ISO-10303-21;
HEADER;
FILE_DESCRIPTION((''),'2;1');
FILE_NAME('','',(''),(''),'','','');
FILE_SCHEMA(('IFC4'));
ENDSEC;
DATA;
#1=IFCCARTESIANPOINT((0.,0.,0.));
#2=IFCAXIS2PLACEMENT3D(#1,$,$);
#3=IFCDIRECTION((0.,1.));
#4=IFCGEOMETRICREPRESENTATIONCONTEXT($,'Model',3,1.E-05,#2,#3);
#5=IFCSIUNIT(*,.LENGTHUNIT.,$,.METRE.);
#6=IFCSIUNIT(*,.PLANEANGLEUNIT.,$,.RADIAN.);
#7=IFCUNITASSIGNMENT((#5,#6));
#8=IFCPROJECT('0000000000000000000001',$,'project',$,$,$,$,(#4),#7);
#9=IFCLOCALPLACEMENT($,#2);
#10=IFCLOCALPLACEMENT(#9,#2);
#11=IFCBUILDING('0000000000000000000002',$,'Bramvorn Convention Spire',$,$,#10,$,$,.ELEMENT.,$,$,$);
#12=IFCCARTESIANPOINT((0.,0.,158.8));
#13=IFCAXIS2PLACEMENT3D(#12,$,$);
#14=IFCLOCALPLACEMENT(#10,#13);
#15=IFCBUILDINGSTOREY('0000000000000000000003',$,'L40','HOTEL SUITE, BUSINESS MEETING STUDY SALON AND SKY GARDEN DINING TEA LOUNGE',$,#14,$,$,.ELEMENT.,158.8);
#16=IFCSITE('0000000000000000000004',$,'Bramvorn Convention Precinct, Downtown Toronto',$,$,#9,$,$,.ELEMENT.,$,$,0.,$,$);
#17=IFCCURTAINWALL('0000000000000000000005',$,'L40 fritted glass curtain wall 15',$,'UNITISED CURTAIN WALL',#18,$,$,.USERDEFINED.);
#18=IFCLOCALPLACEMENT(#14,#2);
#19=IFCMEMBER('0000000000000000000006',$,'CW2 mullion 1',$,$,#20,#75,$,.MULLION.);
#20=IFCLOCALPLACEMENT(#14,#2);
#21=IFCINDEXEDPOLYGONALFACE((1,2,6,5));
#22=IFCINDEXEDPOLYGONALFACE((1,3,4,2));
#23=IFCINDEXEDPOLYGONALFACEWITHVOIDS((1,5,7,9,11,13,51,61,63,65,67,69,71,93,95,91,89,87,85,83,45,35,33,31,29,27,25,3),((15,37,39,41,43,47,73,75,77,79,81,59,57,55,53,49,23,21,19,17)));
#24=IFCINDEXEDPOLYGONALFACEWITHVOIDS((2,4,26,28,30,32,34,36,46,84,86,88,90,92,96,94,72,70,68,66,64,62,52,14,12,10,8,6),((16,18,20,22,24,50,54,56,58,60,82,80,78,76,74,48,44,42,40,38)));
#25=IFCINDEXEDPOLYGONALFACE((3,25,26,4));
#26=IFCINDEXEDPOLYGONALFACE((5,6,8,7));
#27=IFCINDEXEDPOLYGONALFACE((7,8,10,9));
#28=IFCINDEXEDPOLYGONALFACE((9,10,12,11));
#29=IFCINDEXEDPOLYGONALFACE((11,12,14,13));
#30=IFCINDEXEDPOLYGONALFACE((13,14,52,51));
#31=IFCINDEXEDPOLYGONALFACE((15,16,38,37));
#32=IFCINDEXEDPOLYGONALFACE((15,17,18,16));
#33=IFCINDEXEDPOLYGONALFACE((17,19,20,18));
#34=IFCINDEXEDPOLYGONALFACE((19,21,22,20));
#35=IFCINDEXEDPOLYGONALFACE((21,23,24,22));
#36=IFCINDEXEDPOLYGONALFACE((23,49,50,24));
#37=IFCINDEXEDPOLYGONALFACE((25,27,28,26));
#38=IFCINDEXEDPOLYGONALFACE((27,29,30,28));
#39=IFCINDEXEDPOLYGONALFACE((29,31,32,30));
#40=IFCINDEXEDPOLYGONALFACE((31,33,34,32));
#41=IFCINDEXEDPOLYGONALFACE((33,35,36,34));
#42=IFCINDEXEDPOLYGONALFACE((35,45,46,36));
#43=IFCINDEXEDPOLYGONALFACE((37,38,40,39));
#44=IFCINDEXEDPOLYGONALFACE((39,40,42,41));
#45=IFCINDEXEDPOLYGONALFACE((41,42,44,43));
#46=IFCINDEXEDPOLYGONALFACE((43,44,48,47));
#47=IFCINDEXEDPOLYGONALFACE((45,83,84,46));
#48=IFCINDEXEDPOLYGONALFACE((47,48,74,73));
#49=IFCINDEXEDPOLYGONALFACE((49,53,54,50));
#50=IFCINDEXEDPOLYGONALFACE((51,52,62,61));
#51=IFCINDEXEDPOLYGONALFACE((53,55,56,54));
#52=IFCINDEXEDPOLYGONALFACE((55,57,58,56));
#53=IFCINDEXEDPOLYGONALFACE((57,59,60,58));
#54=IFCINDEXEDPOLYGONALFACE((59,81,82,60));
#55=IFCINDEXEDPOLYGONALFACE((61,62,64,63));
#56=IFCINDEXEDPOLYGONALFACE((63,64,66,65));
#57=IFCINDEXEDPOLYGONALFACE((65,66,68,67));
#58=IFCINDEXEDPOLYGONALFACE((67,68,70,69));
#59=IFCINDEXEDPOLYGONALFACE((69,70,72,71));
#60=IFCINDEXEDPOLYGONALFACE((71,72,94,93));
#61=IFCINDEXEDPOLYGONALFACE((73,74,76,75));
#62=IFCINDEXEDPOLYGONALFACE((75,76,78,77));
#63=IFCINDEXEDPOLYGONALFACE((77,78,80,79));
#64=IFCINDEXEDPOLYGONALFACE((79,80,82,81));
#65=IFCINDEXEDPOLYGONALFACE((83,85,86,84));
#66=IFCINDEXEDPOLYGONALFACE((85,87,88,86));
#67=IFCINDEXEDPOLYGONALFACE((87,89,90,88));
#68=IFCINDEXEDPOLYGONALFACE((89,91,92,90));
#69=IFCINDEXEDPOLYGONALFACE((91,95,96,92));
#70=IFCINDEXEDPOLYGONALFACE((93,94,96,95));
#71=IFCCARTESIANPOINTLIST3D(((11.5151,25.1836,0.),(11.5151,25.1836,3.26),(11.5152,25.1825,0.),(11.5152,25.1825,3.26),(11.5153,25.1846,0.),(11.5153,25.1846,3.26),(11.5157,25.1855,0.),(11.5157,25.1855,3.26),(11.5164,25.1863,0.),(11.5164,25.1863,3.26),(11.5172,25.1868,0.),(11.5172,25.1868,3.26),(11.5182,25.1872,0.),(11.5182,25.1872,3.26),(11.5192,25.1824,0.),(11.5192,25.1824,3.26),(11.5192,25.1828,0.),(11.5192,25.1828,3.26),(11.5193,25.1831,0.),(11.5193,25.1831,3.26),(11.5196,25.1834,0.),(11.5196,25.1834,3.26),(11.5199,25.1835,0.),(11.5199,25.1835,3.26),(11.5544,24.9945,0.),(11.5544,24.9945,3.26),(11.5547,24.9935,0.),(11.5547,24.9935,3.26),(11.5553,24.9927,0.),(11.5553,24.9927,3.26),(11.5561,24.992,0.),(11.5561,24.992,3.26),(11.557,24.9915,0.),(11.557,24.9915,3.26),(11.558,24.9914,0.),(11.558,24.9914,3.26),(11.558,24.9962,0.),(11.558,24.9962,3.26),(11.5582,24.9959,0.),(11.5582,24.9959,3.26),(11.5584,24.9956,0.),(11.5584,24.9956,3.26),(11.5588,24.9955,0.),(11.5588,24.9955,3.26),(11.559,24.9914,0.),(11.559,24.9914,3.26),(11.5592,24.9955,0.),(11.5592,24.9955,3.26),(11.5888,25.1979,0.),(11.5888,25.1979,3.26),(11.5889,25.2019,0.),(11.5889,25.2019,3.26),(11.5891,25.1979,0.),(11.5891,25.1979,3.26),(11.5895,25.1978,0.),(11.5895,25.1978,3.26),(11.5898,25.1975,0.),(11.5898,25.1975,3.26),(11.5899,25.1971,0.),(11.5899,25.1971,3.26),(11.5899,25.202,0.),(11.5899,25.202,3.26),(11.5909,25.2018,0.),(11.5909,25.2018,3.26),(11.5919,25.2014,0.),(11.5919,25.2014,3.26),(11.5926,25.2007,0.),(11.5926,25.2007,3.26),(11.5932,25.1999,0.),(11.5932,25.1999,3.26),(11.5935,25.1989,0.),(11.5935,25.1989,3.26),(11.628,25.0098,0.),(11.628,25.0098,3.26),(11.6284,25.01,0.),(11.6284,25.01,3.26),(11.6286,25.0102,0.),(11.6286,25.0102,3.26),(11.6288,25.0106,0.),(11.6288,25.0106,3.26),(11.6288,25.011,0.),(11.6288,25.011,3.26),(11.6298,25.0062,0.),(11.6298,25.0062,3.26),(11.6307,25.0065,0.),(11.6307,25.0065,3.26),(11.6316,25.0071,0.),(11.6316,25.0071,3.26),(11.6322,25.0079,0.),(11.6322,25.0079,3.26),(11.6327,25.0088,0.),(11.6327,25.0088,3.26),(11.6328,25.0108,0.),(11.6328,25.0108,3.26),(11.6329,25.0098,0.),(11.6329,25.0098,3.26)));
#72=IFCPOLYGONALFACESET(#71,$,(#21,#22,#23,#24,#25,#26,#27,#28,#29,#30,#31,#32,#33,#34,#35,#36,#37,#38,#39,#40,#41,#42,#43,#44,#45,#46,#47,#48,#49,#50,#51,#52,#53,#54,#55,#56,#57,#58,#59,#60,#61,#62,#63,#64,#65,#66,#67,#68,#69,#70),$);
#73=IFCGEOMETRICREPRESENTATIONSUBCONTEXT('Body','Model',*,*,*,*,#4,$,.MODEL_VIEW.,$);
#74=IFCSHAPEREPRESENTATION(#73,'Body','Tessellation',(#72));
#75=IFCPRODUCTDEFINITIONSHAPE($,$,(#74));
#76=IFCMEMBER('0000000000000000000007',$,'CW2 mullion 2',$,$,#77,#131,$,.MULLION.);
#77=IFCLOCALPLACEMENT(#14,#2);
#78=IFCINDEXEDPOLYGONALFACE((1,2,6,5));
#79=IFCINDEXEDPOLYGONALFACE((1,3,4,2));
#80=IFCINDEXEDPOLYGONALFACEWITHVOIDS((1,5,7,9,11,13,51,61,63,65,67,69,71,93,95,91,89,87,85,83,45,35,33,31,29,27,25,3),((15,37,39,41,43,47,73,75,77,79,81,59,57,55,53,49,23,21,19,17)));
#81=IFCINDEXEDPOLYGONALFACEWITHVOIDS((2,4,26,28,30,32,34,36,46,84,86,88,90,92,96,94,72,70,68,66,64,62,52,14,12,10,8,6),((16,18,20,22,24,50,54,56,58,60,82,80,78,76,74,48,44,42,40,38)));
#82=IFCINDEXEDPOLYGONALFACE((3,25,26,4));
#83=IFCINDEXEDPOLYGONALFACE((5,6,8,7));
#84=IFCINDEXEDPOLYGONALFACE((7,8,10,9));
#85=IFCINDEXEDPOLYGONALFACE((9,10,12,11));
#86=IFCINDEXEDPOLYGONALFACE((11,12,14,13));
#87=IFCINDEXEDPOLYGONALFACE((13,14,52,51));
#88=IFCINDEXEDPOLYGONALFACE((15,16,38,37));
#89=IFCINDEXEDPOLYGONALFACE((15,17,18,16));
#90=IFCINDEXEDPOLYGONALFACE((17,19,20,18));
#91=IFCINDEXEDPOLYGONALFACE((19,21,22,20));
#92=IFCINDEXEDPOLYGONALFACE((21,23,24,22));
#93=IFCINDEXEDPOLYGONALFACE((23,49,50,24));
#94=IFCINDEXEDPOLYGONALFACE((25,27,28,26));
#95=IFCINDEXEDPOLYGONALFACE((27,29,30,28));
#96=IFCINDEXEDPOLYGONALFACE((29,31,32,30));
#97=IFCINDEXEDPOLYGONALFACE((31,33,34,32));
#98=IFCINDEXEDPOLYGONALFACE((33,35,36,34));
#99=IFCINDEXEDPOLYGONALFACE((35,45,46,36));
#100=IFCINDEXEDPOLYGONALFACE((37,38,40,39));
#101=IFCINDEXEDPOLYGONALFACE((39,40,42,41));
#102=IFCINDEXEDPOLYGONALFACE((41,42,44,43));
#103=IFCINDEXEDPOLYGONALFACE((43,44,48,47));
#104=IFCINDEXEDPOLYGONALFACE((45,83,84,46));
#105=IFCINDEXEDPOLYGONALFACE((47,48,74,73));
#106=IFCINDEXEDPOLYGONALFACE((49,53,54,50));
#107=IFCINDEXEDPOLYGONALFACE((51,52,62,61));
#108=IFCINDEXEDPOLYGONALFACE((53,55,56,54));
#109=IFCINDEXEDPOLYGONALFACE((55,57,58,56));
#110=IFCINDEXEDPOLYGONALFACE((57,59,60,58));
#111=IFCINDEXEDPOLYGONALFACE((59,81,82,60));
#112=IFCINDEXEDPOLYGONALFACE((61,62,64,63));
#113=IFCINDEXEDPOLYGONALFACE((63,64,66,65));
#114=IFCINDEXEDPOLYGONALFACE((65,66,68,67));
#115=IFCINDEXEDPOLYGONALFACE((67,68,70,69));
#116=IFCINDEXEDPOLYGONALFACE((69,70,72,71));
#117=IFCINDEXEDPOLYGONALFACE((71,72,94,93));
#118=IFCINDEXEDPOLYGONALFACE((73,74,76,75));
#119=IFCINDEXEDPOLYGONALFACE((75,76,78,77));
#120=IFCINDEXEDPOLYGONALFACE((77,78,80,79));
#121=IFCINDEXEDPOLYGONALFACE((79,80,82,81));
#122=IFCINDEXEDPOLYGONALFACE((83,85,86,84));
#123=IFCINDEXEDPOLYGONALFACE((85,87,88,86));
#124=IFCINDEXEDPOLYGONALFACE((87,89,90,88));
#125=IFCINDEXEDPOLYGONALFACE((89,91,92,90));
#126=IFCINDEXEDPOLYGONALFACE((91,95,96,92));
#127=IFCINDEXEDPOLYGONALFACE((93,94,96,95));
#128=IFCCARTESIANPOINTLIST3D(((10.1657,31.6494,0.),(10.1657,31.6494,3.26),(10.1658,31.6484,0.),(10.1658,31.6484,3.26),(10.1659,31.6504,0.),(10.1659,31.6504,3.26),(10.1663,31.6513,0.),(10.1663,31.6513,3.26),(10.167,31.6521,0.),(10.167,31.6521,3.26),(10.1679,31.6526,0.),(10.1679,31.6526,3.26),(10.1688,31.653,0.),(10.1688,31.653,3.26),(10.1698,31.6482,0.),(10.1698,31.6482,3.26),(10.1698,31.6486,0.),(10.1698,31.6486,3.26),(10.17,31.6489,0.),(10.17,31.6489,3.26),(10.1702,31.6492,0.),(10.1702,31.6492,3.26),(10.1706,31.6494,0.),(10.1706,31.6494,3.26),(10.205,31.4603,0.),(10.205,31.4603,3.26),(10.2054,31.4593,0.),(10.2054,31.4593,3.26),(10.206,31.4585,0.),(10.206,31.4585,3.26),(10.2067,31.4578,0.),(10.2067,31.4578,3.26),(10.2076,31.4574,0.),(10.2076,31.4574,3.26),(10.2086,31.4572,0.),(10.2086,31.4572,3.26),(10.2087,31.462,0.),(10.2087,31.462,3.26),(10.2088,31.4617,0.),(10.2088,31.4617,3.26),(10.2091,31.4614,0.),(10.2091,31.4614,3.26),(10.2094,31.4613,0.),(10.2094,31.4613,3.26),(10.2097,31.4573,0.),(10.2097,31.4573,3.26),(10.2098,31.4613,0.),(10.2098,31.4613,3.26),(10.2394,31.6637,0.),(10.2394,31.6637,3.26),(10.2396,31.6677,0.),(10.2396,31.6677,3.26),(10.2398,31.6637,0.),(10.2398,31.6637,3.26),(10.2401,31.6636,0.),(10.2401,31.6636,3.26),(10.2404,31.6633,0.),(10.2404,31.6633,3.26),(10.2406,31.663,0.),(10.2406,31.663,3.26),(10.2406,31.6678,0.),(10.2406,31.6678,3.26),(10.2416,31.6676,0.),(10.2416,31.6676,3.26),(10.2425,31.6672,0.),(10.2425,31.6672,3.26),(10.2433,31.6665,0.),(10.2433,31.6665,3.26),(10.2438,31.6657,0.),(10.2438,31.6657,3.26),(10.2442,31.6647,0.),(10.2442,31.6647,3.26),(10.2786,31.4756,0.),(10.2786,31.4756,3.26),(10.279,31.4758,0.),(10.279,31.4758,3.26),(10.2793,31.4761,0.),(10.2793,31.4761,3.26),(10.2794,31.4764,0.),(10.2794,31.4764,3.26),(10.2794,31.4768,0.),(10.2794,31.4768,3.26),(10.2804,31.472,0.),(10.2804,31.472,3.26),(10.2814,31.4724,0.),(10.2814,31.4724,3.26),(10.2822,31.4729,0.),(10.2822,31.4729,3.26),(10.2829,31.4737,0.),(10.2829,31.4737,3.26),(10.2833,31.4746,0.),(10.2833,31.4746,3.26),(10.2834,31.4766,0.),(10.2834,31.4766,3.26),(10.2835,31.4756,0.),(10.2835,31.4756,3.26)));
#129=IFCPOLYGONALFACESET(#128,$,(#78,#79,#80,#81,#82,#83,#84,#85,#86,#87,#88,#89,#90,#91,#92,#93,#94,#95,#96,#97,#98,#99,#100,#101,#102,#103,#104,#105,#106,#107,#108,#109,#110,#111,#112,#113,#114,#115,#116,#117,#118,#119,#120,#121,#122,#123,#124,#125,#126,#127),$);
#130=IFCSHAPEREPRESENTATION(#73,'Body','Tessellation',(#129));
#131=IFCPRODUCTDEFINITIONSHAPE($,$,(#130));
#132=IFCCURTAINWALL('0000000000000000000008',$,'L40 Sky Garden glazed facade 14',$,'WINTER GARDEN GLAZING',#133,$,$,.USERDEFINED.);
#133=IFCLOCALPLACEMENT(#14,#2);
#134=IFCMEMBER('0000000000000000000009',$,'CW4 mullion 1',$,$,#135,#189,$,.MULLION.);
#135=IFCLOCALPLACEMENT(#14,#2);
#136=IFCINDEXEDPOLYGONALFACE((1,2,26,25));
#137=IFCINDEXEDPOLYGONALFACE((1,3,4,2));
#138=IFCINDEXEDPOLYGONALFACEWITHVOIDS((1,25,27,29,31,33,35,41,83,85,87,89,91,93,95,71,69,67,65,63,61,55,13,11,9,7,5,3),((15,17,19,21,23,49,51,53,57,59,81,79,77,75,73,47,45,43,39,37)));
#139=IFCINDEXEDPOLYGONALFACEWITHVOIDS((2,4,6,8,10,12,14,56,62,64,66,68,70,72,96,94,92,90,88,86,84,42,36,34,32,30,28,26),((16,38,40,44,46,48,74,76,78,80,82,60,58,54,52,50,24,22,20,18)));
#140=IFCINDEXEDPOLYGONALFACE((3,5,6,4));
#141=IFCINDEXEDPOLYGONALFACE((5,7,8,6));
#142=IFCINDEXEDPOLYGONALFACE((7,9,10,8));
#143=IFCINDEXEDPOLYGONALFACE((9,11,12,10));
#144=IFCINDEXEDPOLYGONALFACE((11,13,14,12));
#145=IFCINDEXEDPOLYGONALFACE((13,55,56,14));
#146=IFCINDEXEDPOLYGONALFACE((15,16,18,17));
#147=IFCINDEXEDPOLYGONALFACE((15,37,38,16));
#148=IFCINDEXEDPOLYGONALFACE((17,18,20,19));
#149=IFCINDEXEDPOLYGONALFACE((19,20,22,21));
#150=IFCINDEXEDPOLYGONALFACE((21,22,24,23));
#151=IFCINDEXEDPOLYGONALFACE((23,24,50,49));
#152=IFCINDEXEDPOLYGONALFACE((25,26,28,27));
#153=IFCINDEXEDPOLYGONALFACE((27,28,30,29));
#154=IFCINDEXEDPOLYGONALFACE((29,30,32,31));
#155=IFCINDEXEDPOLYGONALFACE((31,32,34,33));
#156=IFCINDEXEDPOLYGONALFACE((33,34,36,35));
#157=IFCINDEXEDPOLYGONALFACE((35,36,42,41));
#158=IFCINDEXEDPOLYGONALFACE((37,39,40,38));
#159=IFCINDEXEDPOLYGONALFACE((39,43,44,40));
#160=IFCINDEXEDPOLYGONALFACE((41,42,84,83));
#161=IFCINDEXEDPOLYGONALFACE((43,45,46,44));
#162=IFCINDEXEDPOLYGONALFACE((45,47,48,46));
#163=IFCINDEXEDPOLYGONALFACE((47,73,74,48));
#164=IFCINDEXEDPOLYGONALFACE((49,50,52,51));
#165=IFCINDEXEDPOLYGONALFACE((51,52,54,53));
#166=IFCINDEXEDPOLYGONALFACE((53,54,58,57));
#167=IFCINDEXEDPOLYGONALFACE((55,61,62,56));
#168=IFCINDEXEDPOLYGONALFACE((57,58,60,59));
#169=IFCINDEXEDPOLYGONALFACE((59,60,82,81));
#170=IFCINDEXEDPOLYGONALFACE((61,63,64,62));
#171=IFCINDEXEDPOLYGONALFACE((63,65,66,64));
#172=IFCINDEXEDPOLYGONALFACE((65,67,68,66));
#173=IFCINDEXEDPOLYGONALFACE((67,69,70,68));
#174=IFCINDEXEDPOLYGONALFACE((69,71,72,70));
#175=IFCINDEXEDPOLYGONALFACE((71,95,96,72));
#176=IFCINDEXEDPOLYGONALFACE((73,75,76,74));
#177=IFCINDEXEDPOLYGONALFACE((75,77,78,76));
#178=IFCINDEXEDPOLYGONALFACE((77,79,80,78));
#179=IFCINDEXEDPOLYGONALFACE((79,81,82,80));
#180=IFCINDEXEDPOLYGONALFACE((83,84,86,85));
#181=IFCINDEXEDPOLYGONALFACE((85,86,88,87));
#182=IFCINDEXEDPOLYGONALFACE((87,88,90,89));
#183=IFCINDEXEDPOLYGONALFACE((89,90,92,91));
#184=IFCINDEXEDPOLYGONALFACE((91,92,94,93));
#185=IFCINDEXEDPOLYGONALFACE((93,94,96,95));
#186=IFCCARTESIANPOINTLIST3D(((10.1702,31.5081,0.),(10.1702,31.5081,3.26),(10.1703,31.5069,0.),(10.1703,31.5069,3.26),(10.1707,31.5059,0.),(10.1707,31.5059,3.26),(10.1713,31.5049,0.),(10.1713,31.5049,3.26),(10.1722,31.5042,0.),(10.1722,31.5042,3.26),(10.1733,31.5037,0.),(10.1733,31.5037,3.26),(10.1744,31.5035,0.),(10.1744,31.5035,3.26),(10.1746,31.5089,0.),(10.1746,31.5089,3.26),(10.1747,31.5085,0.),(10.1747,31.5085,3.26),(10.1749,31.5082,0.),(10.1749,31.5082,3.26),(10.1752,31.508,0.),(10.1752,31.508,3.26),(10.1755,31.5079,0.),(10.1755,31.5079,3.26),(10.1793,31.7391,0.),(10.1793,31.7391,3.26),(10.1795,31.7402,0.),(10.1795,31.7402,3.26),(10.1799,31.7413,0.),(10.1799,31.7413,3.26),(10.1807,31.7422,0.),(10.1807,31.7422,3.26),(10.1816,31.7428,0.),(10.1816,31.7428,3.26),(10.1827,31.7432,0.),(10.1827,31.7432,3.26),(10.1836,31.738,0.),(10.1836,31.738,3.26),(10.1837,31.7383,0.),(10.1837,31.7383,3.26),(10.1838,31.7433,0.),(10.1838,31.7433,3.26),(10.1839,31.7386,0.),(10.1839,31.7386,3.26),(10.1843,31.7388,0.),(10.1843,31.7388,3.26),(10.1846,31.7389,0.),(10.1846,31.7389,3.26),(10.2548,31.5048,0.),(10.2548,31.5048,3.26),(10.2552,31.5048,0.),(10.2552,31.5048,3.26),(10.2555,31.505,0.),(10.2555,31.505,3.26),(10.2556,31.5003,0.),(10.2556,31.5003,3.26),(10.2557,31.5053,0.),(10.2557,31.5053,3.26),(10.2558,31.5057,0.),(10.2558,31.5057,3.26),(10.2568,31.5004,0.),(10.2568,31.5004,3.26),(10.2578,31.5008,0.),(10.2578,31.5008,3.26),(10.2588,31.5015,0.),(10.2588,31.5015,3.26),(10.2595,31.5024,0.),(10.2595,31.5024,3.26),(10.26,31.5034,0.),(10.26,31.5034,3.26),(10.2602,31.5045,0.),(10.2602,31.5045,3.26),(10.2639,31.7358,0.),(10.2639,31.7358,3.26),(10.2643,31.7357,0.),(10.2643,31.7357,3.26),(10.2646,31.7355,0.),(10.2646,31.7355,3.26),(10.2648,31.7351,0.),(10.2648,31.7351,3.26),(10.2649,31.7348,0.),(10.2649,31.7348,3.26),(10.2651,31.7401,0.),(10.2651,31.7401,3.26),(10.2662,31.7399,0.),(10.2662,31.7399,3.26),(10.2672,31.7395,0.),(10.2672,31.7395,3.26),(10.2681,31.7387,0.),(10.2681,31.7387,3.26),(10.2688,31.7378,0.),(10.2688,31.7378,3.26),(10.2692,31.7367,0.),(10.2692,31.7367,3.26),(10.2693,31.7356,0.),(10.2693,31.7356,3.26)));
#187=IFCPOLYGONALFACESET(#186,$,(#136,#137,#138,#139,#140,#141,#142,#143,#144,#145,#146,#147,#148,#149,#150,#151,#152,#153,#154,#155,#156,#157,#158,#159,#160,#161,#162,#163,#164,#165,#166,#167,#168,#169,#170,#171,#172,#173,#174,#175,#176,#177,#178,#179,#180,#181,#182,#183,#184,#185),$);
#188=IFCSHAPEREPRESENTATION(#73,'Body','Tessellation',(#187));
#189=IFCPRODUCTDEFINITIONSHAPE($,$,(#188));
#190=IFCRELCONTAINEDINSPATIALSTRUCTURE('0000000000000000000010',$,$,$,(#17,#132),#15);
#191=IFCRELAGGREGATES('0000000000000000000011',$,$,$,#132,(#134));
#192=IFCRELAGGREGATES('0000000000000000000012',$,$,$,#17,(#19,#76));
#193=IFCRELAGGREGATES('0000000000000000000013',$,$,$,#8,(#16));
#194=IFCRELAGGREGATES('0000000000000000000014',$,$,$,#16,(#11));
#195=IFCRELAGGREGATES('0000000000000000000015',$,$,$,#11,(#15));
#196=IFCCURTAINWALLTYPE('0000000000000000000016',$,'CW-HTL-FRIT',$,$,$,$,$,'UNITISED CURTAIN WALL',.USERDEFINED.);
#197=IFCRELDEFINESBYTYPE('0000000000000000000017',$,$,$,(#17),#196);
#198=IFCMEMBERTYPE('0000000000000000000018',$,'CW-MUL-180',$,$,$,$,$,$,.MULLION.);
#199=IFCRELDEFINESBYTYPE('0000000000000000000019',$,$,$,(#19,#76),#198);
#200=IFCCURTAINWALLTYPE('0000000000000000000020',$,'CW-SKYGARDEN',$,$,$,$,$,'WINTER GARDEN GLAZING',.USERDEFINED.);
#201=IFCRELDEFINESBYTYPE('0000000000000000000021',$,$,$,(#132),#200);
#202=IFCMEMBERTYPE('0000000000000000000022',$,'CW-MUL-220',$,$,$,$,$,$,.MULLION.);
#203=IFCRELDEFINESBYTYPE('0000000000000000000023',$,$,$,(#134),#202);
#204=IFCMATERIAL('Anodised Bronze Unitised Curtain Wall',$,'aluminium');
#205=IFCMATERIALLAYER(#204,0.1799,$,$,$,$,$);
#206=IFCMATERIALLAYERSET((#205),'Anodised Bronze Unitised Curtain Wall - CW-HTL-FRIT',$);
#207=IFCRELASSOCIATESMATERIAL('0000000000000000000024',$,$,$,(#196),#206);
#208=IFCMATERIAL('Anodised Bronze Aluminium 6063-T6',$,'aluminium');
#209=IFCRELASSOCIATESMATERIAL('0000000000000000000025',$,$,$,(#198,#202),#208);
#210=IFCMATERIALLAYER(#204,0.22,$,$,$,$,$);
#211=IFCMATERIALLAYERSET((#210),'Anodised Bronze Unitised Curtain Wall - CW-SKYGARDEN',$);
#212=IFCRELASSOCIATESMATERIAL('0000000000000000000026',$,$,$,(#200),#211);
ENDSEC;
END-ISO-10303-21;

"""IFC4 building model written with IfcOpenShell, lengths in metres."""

from ifc_helpers import new_model, si_unit, direction, frame, origin, origin_2d, place, context, subcontext, project, spatial, hollow_rectangle, extrude, material, layer, layer_set, material_profile, profile_set, type_object, element, aggregate, save


model = new_model("IFC4")

# Units and contexts
model_context = context("Model", 3, precision=1e-05, world=origin(), true_north=direction((0.0, 1.0)))
body_context = subcontext(model_context, "Body", "Model", "MODEL_VIEW")
ifc_project = project(units=[si_unit("LENGTHUNIT", "METRE"), si_unit("PLANEANGLEUNIT", "RADIAN")], contexts=[model_context])

# Site, building, storey
site_placement = place(None, origin())
site = spatial("IfcSite", under=ifc_project, at=site_placement, Name="Bramvorn Convention Precinct, Downtown Toronto", CompositionType="ELEMENT", RefElevation=0.0)
building_placement = place(site_placement, origin())
building = spatial("IfcBuilding", under=site, at=building_placement, Name="Bramvorn Convention Spire", CompositionType="ELEMENT")
storey_placement = place(building_placement, frame((0.0, 0.0, 158.8)))
storey = spatial("IfcBuildingStorey", under=building, at=storey_placement, Name="L40", Description="HOTEL SUITE, BUSINESS MEETING STUDY SALON AND SKY GARDEN DINING TEA LOUNGE", CompositionType="ELEMENT", Elevation=158.8)

# Curtain wall, members
ifc_material_1 = material(Name="Anodised Bronze Unitised Curtain Wall", Category="aluminium")
ifc_layer_1 = layer(ifc_material_1, 0.1799)
ifc_layer_set_1 = layer_set([ifc_layer_1], Name="Anodised Bronze Unitised Curtain Wall - CW-HTL-FRIT")
curtain_wall_type_1 = type_object("IfcCurtainWallType", Name="CW-HTL-FRIT", ElementType="UNITISED CURTAIN WALL", PredefinedType="USERDEFINED", material=ifc_layer_set_1)
curtain_wall_1_placement = place(storey_placement, origin())
curtain_wall_1 = element("IfcCurtainWall", 1, at=curtain_wall_1_placement, inside=storey, type_object=curtain_wall_type_1, Name="L40 fritted glass curtain wall 15", ObjectType="UNITISED CURTAIN WALL", PredefinedType="USERDEFINED")
ifc_material_2 = material(Name="Anodised Bronze Aluminium 6063-T6", Category="aluminium")
ifc_material_profile_1 = material_profile(ifc_material_2, hollow_rectangle(XDim=0.0801, YDim=0.2, WallThickness=0.0039, InnerFilletRadius=0.001, OuterFilletRadius=0.0039, at=origin_2d()))
ifc_profile_set_1 = profile_set([ifc_material_profile_1], Name="Anodised Bronze Aluminium 6063-T6 - CWM80X200")
member_type_1 = type_object("IfcMemberType", Name="CW-MUL-180", PredefinedType="MULLION", material=ifc_profile_set_1)
member_1_placement = place(storey_placement, frame((11.574, 25.0967, 0.0), z_axis=(0.0, 0.0, 1.0), x_axis=(-0.978914, -0.204275, 0.0)))
member_1 = element("IfcMember", 2, at=member_1_placement, type_object=member_type_1, Name="CW2 mullion 1", PredefinedType="MULLION", context=body_context, shape_type="SweptSolid", body=[
    extrude(hollow_rectangle(XDim=0.0801, YDim=0.2, WallThickness=0.0039, InnerFilletRadius=0.001, OuterFilletRadius=0.0039, at=origin_2d()), origin(), (0.0, 0.0, 1.0), 3.26),
])
member_2_placement = place(storey_placement, frame((10.2246, 31.5625, 0.0), z_axis=(0.0, 0.0, 1.0), x_axis=(-0.978914, -0.204275, 0.0)))
member_2 = element("IfcMember", 3, at=member_2_placement, type_object=member_type_1, Name="CW2 mullion 2", PredefinedType="MULLION", context=body_context, shape_type="SweptSolid", body=[
    extrude(hollow_rectangle(XDim=0.0801, YDim=0.2, WallThickness=0.0039, InnerFilletRadius=0.001, OuterFilletRadius=0.0039, at=origin_2d()), origin(), (0.0, 0.0, 1.0), 3.26),
])

# Curtain wall, member
ifc_layer_2 = layer(ifc_material_1, 0.22)
ifc_layer_set_2 = layer_set([ifc_layer_2], Name="Anodised Bronze Unitised Curtain Wall - CW-SKYGARDEN")
curtain_wall_type_2 = type_object("IfcCurtainWallType", Name="CW-SKYGARDEN", ElementType="WINTER GARDEN GLAZING", PredefinedType="USERDEFINED", material=ifc_layer_set_2)
curtain_wall_2_placement = place(storey_placement, origin())
curtain_wall_2 = element("IfcCurtainWall", 4, at=curtain_wall_2_placement, inside=storey, type_object=curtain_wall_type_2, Name="L40 Sky Garden glazed facade 14", ObjectType="WINTER GARDEN GLAZING", PredefinedType="USERDEFINED")
ifc_material_profile_2 = material_profile(ifc_material_2, hollow_rectangle(XDim=0.0901, YDim=0.24, WallThickness=0.0044, InnerFilletRadius=0.001, OuterFilletRadius=0.0044, at=origin_2d()))
ifc_profile_set_2 = profile_set([ifc_material_profile_2], Name="Anodised Bronze Aluminium 6063-T6 - CWM90X240")
member_type_2 = type_object("IfcMemberType", Name="CW-MUL-220", PredefinedType="MULLION", material=ifc_profile_set_2)
member_3_placement = place(storey_placement, frame((10.2197, 31.6218, 0.0), z_axis=(0.0, 0.0, 1.0), x_axis=(-0.999224, 0.039397, 0.0)))
member_3 = element("IfcMember", 5, at=member_3_placement, type_object=member_type_2, Name="CW4 mullion 1", PredefinedType="MULLION", context=body_context, shape_type="SweptSolid", body=[
    extrude(hollow_rectangle(XDim=0.0901, YDim=0.24, WallThickness=0.0044, InnerFilletRadius=0.001, OuterFilletRadius=0.0044, at=origin_2d()), origin(), (0.0, 0.0, 1.0), 3.26),
])

aggregate(curtain_wall_2, [member_3])

aggregate(curtain_wall_1, [member_1, member_2])

save(model, "model.ifc")
